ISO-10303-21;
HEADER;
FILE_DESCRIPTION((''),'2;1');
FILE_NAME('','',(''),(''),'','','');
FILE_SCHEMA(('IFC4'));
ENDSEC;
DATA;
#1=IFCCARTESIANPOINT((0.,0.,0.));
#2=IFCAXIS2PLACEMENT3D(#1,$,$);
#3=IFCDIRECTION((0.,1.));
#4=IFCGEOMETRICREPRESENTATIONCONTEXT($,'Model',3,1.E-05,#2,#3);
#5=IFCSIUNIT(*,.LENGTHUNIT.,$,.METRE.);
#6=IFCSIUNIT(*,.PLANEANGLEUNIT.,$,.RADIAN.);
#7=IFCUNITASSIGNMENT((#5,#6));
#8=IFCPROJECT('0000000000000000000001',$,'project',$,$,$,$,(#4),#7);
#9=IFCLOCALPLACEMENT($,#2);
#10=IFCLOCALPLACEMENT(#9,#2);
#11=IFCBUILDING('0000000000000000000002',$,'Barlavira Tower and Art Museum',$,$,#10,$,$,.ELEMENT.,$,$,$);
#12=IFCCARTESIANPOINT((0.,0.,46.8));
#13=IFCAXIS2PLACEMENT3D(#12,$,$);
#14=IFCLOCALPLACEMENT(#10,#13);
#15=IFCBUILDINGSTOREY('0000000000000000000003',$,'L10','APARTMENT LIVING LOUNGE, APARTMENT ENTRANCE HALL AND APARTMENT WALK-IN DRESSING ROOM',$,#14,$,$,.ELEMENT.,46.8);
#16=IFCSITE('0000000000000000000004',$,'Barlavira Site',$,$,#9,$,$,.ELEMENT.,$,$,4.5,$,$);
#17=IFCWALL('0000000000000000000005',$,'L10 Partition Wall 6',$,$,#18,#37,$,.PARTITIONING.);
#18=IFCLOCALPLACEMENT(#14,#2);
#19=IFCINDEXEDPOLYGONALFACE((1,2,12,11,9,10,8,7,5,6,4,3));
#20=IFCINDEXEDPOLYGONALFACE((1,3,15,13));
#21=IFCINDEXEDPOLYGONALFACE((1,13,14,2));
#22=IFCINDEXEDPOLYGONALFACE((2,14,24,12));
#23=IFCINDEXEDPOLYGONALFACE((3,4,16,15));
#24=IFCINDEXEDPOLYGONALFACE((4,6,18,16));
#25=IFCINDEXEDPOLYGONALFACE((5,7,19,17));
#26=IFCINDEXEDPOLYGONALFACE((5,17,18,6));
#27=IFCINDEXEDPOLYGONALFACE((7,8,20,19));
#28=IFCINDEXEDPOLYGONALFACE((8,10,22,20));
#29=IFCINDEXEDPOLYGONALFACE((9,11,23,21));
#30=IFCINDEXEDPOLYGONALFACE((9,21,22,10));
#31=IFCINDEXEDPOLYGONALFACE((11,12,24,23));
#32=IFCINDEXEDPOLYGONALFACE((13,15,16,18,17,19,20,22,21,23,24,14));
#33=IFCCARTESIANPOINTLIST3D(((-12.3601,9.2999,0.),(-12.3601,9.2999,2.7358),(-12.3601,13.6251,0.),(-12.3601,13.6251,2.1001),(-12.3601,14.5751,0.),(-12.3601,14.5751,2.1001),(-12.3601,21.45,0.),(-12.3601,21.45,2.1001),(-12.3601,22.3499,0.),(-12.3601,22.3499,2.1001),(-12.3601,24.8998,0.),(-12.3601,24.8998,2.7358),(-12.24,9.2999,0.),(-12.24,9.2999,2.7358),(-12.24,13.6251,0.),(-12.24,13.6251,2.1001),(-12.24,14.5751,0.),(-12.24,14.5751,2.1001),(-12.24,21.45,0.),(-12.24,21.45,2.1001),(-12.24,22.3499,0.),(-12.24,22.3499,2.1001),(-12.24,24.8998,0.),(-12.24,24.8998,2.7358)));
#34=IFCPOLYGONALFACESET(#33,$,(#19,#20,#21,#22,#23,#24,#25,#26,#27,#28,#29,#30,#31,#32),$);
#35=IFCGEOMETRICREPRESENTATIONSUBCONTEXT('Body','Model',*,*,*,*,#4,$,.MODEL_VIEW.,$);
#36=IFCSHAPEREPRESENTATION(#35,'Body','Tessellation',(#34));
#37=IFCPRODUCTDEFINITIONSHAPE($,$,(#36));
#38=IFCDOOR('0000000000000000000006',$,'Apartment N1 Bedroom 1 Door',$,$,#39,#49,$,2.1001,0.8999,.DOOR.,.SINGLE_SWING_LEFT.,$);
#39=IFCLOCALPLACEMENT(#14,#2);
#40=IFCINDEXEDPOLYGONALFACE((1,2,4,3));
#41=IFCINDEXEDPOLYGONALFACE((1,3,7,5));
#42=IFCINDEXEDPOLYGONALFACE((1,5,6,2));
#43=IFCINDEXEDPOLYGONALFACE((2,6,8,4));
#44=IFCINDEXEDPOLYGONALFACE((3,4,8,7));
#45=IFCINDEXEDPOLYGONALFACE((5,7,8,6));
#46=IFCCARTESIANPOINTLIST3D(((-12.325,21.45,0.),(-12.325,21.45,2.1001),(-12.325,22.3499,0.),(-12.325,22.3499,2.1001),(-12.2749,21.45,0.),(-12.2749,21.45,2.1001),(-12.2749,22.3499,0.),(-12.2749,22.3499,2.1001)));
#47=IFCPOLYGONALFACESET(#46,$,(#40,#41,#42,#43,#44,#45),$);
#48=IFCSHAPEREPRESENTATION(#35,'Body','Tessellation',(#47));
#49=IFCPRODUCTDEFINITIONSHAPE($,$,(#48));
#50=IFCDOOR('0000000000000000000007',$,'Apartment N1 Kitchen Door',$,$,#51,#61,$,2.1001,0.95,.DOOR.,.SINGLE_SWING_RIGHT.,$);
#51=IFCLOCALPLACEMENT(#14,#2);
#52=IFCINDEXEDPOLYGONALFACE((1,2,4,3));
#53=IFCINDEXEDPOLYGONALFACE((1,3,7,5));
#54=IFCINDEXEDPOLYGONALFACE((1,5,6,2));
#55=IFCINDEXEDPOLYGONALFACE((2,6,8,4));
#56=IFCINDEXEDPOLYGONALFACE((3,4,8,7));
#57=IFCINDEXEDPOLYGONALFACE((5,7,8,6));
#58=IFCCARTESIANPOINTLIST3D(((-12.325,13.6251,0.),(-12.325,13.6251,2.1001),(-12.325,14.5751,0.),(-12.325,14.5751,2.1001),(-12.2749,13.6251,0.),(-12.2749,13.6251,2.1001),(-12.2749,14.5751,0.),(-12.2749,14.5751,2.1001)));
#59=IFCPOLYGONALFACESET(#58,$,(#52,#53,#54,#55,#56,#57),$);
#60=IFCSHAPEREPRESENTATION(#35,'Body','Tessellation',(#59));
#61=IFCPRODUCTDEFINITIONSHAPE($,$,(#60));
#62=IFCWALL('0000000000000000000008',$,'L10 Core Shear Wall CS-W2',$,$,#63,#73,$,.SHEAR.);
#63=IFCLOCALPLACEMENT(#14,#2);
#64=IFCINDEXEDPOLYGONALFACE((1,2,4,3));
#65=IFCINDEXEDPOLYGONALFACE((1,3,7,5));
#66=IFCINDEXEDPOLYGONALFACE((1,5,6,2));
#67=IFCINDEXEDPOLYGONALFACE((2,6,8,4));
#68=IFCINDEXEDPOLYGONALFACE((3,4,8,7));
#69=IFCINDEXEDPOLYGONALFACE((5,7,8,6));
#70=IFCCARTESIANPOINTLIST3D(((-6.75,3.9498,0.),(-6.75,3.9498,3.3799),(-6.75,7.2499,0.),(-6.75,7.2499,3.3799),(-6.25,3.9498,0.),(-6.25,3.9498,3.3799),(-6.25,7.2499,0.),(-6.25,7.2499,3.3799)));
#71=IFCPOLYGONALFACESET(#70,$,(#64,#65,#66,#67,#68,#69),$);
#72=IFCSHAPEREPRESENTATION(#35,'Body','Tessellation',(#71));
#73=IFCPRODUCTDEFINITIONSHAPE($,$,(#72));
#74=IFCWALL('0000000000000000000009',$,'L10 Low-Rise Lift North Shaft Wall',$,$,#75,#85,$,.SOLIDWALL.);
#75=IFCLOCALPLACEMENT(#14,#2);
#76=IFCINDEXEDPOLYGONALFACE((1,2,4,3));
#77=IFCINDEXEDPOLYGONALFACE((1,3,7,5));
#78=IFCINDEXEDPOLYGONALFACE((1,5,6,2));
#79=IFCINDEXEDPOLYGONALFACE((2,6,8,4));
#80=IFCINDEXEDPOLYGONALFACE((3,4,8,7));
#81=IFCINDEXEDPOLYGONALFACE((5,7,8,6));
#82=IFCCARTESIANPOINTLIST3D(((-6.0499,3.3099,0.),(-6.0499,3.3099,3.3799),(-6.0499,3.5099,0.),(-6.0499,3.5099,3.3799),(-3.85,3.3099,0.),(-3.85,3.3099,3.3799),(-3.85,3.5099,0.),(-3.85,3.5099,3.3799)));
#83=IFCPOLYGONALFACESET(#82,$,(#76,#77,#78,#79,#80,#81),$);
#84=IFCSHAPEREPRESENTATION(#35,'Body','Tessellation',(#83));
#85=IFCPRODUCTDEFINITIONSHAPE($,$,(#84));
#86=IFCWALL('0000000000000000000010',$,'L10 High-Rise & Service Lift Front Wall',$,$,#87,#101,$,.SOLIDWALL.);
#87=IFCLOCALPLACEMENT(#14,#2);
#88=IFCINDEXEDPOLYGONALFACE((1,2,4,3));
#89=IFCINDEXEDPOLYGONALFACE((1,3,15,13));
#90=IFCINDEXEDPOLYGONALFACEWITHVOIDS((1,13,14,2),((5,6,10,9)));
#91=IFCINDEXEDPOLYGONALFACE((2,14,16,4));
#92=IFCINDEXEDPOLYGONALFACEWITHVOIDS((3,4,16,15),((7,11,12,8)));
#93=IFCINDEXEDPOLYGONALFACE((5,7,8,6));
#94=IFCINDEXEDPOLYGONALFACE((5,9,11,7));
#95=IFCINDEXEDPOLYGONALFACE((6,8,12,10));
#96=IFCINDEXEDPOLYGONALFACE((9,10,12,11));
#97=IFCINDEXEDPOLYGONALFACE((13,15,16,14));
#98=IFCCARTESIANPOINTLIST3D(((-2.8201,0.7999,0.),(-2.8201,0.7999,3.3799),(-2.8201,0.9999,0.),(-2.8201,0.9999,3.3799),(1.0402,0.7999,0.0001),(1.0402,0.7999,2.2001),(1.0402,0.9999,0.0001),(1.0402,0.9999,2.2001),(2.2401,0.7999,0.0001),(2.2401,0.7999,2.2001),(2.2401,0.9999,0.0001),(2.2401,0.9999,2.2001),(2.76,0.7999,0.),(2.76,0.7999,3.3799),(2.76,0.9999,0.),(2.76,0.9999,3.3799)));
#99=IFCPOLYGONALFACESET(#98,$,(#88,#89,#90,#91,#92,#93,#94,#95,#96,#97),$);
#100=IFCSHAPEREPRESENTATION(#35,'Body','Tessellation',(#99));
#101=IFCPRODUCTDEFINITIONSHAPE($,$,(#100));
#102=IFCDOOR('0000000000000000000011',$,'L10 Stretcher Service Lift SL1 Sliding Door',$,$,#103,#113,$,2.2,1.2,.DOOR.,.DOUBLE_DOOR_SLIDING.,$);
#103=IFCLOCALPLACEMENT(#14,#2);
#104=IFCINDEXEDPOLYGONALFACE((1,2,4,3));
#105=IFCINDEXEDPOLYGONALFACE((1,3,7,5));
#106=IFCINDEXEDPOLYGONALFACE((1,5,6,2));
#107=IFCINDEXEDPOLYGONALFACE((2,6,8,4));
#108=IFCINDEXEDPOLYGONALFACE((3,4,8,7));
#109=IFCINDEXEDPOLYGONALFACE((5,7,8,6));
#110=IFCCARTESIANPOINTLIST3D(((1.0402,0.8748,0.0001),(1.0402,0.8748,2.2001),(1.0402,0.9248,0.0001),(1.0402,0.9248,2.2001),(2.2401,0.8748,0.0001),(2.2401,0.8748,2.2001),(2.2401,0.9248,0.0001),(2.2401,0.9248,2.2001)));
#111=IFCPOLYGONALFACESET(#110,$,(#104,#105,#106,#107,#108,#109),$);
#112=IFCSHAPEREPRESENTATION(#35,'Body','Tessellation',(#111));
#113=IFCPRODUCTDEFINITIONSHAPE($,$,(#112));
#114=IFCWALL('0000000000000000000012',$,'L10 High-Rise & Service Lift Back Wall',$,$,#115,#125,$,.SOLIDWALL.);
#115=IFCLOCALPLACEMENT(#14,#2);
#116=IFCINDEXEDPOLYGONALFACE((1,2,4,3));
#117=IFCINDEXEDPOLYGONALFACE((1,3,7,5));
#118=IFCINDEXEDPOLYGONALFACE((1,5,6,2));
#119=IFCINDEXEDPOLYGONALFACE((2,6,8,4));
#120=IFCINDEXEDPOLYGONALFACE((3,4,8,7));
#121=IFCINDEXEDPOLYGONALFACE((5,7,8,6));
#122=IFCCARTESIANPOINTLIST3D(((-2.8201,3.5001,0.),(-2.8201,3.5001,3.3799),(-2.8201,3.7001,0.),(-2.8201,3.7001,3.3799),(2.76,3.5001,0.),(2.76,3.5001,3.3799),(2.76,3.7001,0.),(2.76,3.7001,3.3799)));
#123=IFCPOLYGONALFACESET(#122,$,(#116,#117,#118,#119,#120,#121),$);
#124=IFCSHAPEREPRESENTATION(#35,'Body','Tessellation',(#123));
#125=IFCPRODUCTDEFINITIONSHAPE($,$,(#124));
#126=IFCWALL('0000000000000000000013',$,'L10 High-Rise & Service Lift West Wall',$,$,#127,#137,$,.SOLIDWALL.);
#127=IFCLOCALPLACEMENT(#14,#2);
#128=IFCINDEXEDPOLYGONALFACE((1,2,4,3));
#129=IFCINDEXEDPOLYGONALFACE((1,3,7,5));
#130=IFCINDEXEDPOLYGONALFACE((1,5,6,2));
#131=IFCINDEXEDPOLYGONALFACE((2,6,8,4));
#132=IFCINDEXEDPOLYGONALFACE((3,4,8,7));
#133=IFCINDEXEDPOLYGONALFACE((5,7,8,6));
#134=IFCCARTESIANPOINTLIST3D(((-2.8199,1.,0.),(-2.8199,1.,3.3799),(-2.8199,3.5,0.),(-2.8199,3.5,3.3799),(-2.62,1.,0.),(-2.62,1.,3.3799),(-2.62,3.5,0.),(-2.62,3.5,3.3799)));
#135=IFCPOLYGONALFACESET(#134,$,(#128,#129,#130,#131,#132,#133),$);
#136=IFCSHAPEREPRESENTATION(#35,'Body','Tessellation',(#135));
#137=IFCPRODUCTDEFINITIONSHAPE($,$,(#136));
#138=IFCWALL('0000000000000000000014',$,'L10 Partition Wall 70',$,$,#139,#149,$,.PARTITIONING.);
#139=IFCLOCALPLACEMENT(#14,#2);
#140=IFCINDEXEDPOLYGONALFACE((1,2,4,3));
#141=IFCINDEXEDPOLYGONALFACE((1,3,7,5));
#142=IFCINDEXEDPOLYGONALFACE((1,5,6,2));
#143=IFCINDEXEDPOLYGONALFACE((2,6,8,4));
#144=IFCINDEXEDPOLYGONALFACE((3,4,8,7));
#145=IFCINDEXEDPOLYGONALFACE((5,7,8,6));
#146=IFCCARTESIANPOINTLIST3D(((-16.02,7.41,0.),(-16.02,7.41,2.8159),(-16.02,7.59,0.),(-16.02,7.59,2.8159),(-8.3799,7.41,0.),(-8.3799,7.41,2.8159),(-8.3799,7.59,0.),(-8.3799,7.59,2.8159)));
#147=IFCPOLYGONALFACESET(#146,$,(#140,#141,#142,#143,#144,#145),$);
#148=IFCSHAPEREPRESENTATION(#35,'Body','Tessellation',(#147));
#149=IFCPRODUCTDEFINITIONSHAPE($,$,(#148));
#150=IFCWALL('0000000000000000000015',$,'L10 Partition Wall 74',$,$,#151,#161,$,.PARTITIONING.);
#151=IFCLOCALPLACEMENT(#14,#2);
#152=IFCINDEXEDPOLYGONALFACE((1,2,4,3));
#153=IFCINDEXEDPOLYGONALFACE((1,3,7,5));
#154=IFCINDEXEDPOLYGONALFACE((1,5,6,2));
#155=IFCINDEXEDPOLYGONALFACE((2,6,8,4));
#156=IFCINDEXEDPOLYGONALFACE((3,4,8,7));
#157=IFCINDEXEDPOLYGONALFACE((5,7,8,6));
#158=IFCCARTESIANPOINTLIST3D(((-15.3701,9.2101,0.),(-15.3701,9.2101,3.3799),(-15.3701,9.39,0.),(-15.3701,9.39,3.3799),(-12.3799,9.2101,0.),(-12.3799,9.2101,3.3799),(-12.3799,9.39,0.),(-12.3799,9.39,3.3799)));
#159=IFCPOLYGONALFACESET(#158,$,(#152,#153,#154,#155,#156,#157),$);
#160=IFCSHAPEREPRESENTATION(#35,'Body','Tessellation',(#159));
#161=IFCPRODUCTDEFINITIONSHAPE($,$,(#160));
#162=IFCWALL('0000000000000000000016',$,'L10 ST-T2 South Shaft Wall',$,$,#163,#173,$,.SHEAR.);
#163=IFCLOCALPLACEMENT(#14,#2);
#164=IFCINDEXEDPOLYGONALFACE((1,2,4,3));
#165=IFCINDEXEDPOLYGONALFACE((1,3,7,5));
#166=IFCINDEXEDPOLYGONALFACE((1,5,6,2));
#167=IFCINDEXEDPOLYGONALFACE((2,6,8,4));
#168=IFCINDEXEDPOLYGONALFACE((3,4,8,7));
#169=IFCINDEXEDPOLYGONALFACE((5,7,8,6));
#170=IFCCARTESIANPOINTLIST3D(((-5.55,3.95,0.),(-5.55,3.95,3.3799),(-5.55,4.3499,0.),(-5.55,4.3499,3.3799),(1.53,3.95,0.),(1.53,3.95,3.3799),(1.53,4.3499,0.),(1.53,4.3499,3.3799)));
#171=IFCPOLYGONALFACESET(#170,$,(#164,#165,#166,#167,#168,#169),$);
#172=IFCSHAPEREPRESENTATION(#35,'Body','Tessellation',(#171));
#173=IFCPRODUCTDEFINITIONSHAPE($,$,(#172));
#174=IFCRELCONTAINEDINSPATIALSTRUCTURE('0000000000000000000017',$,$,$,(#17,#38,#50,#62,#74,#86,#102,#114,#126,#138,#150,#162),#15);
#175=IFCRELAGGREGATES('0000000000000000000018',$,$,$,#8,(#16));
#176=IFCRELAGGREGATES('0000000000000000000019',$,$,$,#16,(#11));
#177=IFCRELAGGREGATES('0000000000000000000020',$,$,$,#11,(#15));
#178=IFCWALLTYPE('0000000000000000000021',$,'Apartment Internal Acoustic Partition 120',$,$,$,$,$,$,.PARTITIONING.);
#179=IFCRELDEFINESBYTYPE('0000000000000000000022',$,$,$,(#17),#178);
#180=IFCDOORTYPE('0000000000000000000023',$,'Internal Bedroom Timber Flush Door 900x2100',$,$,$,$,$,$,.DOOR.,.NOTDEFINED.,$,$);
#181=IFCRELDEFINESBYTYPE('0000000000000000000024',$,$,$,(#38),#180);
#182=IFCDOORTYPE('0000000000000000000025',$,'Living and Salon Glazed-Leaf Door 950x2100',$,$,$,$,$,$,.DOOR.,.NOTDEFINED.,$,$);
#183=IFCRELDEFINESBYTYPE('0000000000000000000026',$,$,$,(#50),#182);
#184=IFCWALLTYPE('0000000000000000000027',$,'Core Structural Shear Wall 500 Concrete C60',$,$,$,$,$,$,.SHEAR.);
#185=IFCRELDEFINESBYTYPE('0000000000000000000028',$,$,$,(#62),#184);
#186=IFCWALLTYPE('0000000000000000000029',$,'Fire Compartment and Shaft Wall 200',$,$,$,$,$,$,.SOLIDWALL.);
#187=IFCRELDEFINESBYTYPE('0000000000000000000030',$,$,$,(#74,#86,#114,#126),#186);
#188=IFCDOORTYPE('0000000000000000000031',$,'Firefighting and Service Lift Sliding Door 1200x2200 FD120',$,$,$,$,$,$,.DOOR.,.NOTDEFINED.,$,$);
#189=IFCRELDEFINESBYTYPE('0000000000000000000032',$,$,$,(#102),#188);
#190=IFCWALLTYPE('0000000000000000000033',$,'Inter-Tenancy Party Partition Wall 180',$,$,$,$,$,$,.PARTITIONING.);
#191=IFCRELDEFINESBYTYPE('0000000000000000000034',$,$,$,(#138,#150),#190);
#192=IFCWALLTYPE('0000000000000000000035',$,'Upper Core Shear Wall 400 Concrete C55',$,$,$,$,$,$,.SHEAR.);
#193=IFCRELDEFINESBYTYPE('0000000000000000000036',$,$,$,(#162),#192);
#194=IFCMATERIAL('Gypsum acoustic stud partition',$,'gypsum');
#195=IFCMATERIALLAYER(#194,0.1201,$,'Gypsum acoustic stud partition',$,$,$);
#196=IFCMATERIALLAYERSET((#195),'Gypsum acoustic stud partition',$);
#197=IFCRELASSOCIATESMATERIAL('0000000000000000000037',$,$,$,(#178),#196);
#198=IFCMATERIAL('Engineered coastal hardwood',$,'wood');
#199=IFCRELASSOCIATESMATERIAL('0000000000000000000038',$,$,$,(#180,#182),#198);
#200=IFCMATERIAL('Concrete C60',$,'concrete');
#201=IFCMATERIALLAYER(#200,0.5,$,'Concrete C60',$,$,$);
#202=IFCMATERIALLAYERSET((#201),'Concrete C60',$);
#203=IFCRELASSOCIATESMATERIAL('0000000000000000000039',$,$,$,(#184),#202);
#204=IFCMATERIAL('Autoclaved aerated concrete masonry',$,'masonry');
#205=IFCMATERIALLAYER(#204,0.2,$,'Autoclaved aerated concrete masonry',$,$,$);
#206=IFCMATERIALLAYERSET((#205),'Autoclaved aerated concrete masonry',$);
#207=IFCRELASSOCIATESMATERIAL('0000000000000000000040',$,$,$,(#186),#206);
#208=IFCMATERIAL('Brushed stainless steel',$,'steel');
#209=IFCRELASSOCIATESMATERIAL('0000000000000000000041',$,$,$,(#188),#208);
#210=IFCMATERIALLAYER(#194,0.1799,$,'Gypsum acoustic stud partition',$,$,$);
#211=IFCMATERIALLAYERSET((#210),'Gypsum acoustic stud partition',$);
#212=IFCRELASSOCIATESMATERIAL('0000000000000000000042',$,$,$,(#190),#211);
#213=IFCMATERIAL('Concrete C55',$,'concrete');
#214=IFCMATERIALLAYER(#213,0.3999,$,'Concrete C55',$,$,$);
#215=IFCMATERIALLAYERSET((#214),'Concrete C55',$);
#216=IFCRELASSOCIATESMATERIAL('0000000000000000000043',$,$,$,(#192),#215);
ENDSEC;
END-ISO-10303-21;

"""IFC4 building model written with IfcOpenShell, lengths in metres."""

from ifc_helpers import new_model, si_unit, direction, frame, frame_2d, origin, place, context, subcontext, project, spatial, rectangle, extrude, material, layer, layer_set, type_object, element, fill, save


model = new_model("IFC4")

# Units and contexts
model_context = context("Model", 3, precision=1e-05, world=origin(), true_north=direction((0.0, 1.0)))
body_context = subcontext(model_context, "Body", "Model", "MODEL_VIEW")
ifc_project = project(units=[si_unit("LENGTHUNIT", "METRE"), si_unit("PLANEANGLEUNIT", "RADIAN")], contexts=[model_context])

# Site, building, storey
site_placement = place(None, origin())
site = spatial("IfcSite", under=ifc_project, at=site_placement, Name="Barlavira Site", CompositionType="ELEMENT", RefElevation=4.5)
building_placement = place(site_placement, origin())
building = spatial("IfcBuilding", under=site, at=building_placement, Name="Barlavira Tower and Art Museum", CompositionType="ELEMENT")
storey_placement = place(building_placement, frame((0.0, 0.0, 46.8)))
storey = spatial("IfcBuildingStorey", under=building, at=storey_placement, Name="L10", Description="APARTMENT LIVING LOUNGE, APARTMENT ENTRANCE HALL AND APARTMENT WALK-IN DRESSING ROOM", CompositionType="ELEMENT", Elevation=46.8)

# Wall, openings, doors
ifc_material_1 = material(Name="Gypsum acoustic stud partition", Category="gypsum")
ifc_layer_1 = layer(ifc_material_1, 0.1201, Name="Gypsum acoustic stud partition")
ifc_layer_set_1 = layer_set([ifc_layer_1], Name="Gypsum acoustic stud partition")
wall_type_1 = type_object("IfcWallType", Name="Apartment Internal Acoustic Partition 120", PredefinedType="PARTITIONING", material=ifc_layer_set_1)
ifc_material_2 = material(Name="Engineered coastal hardwood", Category="wood")
door_type_1 = type_object("IfcDoorType", Name="Internal Bedroom Timber Flush Door 900x2100", OperationType="NOTDEFINED", PredefinedType="DOOR", material=ifc_material_2)
wall_1_placement = place(storey_placement, frame((-12.3, 9.3, 0.0), z_axis=(0.0, 0.0, 1.0), x_axis=(0.0, 1.0, 0.0)))
wall_1 = element("IfcWall", 1, at=wall_1_placement, inside=storey, type_object=wall_type_1, Name="L10 Partition Wall 6", PredefinedType="PARTITIONING", context=body_context, shape_type="SweptSolid", body=[
    extrude(rectangle(XDim=15.5999, YDim=0.1201, at=frame_2d((7.7998, 0.0))), origin(), (0.0, 0.0, 1.0), 2.7358),
])
opening_1_placement = place(wall_1_placement, frame((4.325, 0.0, 0.0)))
opening_1 = element("IfcOpeningElement", 2, at=opening_1_placement, cuts=wall_1, PredefinedType="OPENING", context=body_context, shape_type="SweptSolid", body=[
    extrude(rectangle(XDim=0.95, YDim=2.1001, at=frame_2d((0.4751, 1.05))), frame((0.0, 0.0701, 0.0), z_axis=(0.0, -1.0, 0.0), x_axis=(1.0, 0.0, 0.0)), (0.0, 0.0, 1.0), 0.1401),
])
opening_2_placement = place(wall_1_placement, frame((12.1499, 0.0, 0.0)))
opening_2 = element("IfcOpeningElement", 3, at=opening_2_placement, cuts=wall_1, PredefinedType="OPENING", context=body_context, shape_type="SweptSolid", body=[
    extrude(rectangle(XDim=0.8999, YDim=2.1001, at=frame_2d((0.45, 1.05))), frame((0.0, 0.0701, 0.0), z_axis=(0.0, -1.0, 0.0), x_axis=(1.0, 0.0, 0.0)), (0.0, 0.0, 1.0), 0.1401),
])
door_1_placement = place(opening_2_placement, origin())
door_1 = element("IfcDoor", 4, at=door_1_placement, inside=storey, type_object=door_type_1, Name="Apartment N1 Bedroom 1 Door", OperationType="SINGLE_SWING_LEFT", OverallHeight=2.1001, OverallWidth=0.8999, PredefinedType="DOOR", context=body_context, shape_type="SweptSolid", body=[
    extrude(rectangle(XDim=0.8999, YDim=2.1001, at=frame_2d((0.45, 1.05))), frame((0.0, 0.0249, 0.0), z_axis=(0.0, -1.0, 0.0), x_axis=(1.0, 0.0, 0.0)), (0.0, 0.0, 1.0), 0.05),
])
fill(opening_2, door_1)
door_type_2 = type_object("IfcDoorType", Name="Living and Salon Glazed-Leaf Door 950x2100", OperationType="NOTDEFINED", PredefinedType="DOOR", material=ifc_material_2)
door_2_placement = place(opening_1_placement, origin())
door_2 = element("IfcDoor", 5, at=door_2_placement, inside=storey, type_object=door_type_2, Name="Apartment N1 Kitchen Door", OperationType="SINGLE_SWING_RIGHT", OverallHeight=2.1001, OverallWidth=0.95, PredefinedType="DOOR", context=body_context, shape_type="SweptSolid", body=[
    extrude(rectangle(XDim=0.95, YDim=2.1001, at=frame_2d((0.4751, 1.05))), frame((0.0, 0.0249, 0.0), z_axis=(0.0, -1.0, 0.0), x_axis=(1.0, 0.0, 0.0)), (0.0, 0.0, 1.0), 0.05),
])
fill(opening_1, door_2)

# Shared definitions
ifc_material_3 = material(Name="Concrete C60", Category="concrete")
ifc_layer_2 = layer(ifc_material_3, 0.5, Name="Concrete C60")
ifc_layer_set_2 = layer_set([ifc_layer_2], Name="Concrete C60")
wall_type_2 = type_object("IfcWallType", Name="Core Structural Shear Wall 500 Concrete C60", PredefinedType="SHEAR", material=ifc_layer_set_2)
ifc_material_4 = material(Name="Brushed stainless steel", Category="steel")

# Walls
wall_2_placement = place(storey_placement, frame((-6.5, 3.95, 0.0), z_axis=(0.0, 0.0, 1.0), x_axis=(0.0, 1.0, 0.0)))
element("IfcWall", 6, at=wall_2_placement, inside=storey, type_object=wall_type_2, Name="L10 Core Shear Wall CS-W2", PredefinedType="SHEAR", context=body_context, shape_type="SweptSolid", body=[
    extrude(rectangle(XDim=3.3, YDim=0.5, at=frame_2d((1.6499, 0.0))), origin(), (0.0, 0.0, 1.0), 3.3799),
])
ifc_material_5 = material(Name="Autoclaved aerated concrete masonry", Category="masonry")
ifc_layer_3 = layer(ifc_material_5, 0.2, Name="Autoclaved aerated concrete masonry")
ifc_layer_set_3 = layer_set([ifc_layer_3], Name="Autoclaved aerated concrete masonry")
wall_type_3 = type_object("IfcWallType", Name="Fire Compartment and Shaft Wall 200", PredefinedType="SOLIDWALL", material=ifc_layer_set_3)
wall_3_placement = place(storey_placement, frame((-6.05, 3.4099, 0.0), z_axis=(0.0, 0.0, 1.0), x_axis=(1.0, 0.0, 0.0)))
element("IfcWall", 7, at=wall_3_placement, inside=storey, type_object=wall_type_3, Name="L10 Low-Rise Lift North Shaft Wall", PredefinedType="SOLIDWALL", context=body_context, shape_type="SweptSolid", body=[
    extrude(rectangle(XDim=2.2, YDim=0.2, at=frame_2d((1.1001, 0.0))), origin(), (0.0, 0.0, 1.0), 3.3799),
])

# Wall, opening, door
wall_4_placement = place(storey_placement, frame((-2.8201, 0.8999, 0.0), z_axis=(0.0, 0.0, 1.0), x_axis=(1.0, 0.0, 0.0)))
wall_4 = element("IfcWall", 8, at=wall_4_placement, inside=storey, type_object=wall_type_3, Name="L10 High-Rise & Service Lift Front Wall", PredefinedType="SOLIDWALL", context=body_context, shape_type="SweptSolid", body=[
    extrude(rectangle(XDim=5.5801, YDim=0.2, at=frame_2d((2.79, 0.0))), origin(), (0.0, 0.0, 1.0), 3.3799),
])
opening_3_placement = place(wall_4_placement, frame((3.8601, 0.0, 0.0)))
opening_3 = element("IfcOpeningElement", 9, at=opening_3_placement, cuts=wall_4, PredefinedType="OPENING", context=body_context, shape_type="SweptSolid", body=[
    extrude(rectangle(XDim=1.2, YDim=2.2, at=frame_2d((0.6001, 1.1001))), frame((0.0, 0.1099, 0.0), z_axis=(0.0, -1.0, 0.0), x_axis=(1.0, 0.0, 0.0)), (0.0, 0.0, 1.0), 0.22),
])
door_type_3 = type_object("IfcDoorType", Name="Firefighting and Service Lift Sliding Door 1200x2200 FD120", OperationType="NOTDEFINED", PredefinedType="DOOR", material=ifc_material_4)
door_3_placement = place(opening_3_placement, origin())
door_3 = element("IfcDoor", 10, at=door_3_placement, inside=storey, type_object=door_type_3, Name="L10 Stretcher Service Lift SL1 Sliding Door", OperationType="DOUBLE_DOOR_SLIDING", OverallHeight=2.2, OverallWidth=1.2, PredefinedType="DOOR", context=body_context, shape_type="SweptSolid", body=[
    extrude(rectangle(XDim=1.2, YDim=2.2, at=frame_2d((0.6001, 1.1001))), frame((0.0, 0.0249, 0.0), z_axis=(0.0, -1.0, 0.0), x_axis=(1.0, 0.0, 0.0)), (0.0, 0.0, 1.0), 0.05),
])
fill(opening_3, door_3)

# Walls
wall_5_placement = place(storey_placement, frame((-2.8201, 3.6001, 0.0), z_axis=(0.0, 0.0, 1.0), x_axis=(1.0, 0.0, 0.0)))
element("IfcWall", 11, at=wall_5_placement, inside=storey, type_object=wall_type_3, Name="L10 High-Rise & Service Lift Back Wall", PredefinedType="SOLIDWALL", context=body_context, shape_type="SweptSolid", body=[
    extrude(rectangle(XDim=5.5801, YDim=0.2, at=frame_2d((2.79, 0.0))), origin(), (0.0, 0.0, 1.0), 3.3799),
])
wall_6_placement = place(storey_placement, frame((-2.72, 1.0, 0.0), z_axis=(0.0, 0.0, 1.0), x_axis=(0.0, 1.0, 0.0)))
element("IfcWall", 12, at=wall_6_placement, inside=storey, type_object=wall_type_3, Name="L10 High-Rise & Service Lift West Wall", PredefinedType="SOLIDWALL", context=body_context, shape_type="SweptSolid", body=[
    extrude(rectangle(XDim=2.5, YDim=0.2, at=frame_2d((1.25, 0.0))), origin(), (0.0, 0.0, 1.0), 3.3799),
])
ifc_layer_4 = layer(ifc_material_1, 0.1799, Name="Gypsum acoustic stud partition")
ifc_layer_set_4 = layer_set([ifc_layer_4], Name="Gypsum acoustic stud partition")
wall_type_4 = type_object("IfcWallType", Name="Inter-Tenancy Party Partition Wall 180", PredefinedType="PARTITIONING", material=ifc_layer_set_4)
wall_7_placement = place(storey_placement, frame((-16.02, 7.5, 0.0), z_axis=(0.0, 0.0, 1.0), x_axis=(1.0, 0.0, 0.0)))
element("IfcWall", 13, at=wall_7_placement, inside=storey, type_object=wall_type_4, Name="L10 Partition Wall 70", PredefinedType="PARTITIONING", context=body_context, shape_type="SweptSolid", body=[
    extrude(rectangle(XDim=7.6401, YDim=0.1799, at=frame_2d((3.8201, 0.0))), origin(), (0.0, 0.0, 1.0), 2.8159),
])
wall_8_placement = place(storey_placement, frame((-15.3701, 9.3, 0.0), z_axis=(0.0, 0.0, 1.0), x_axis=(1.0, 0.0, 0.0)))
element("IfcWall", 14, at=wall_8_placement, inside=storey, type_object=wall_type_4, Name="L10 Partition Wall 74", PredefinedType="PARTITIONING", context=body_context, shape_type="SweptSolid", body=[
    extrude(rectangle(XDim=2.9902, YDim=0.1799, at=frame_2d((1.4951, 0.0))), origin(), (0.0, 0.0, 1.0), 3.3799),
])

# Wall
ifc_material_6 = material(Name="Concrete C55", Category="concrete")
ifc_layer_5 = layer(ifc_material_6, 0.3999, Name="Concrete C55")
ifc_layer_set_5 = layer_set([ifc_layer_5], Name="Concrete C55")
wall_type_5 = type_object("IfcWallType", Name="Upper Core Shear Wall 400 Concrete C55", PredefinedType="SHEAR", material=ifc_layer_set_5)
wall_9_placement = place(storey_placement, frame((-5.55, 4.1499, 0.0), z_axis=(0.0, 0.0, 1.0), x_axis=(1.0, 0.0, 0.0)))
element("IfcWall", 15, at=wall_9_placement, inside=storey, type_object=wall_type_5, Name="L10 ST-T2 South Shaft Wall", PredefinedType="SHEAR", context=body_context, shape_type="SweptSolid", body=[
    extrude(rectangle(XDim=7.0801, YDim=0.3999, at=frame_2d((3.54, 0.0))), origin(), (0.0, 0.0, 1.0), 3.3799),
])

save(model, "model.ifc")
